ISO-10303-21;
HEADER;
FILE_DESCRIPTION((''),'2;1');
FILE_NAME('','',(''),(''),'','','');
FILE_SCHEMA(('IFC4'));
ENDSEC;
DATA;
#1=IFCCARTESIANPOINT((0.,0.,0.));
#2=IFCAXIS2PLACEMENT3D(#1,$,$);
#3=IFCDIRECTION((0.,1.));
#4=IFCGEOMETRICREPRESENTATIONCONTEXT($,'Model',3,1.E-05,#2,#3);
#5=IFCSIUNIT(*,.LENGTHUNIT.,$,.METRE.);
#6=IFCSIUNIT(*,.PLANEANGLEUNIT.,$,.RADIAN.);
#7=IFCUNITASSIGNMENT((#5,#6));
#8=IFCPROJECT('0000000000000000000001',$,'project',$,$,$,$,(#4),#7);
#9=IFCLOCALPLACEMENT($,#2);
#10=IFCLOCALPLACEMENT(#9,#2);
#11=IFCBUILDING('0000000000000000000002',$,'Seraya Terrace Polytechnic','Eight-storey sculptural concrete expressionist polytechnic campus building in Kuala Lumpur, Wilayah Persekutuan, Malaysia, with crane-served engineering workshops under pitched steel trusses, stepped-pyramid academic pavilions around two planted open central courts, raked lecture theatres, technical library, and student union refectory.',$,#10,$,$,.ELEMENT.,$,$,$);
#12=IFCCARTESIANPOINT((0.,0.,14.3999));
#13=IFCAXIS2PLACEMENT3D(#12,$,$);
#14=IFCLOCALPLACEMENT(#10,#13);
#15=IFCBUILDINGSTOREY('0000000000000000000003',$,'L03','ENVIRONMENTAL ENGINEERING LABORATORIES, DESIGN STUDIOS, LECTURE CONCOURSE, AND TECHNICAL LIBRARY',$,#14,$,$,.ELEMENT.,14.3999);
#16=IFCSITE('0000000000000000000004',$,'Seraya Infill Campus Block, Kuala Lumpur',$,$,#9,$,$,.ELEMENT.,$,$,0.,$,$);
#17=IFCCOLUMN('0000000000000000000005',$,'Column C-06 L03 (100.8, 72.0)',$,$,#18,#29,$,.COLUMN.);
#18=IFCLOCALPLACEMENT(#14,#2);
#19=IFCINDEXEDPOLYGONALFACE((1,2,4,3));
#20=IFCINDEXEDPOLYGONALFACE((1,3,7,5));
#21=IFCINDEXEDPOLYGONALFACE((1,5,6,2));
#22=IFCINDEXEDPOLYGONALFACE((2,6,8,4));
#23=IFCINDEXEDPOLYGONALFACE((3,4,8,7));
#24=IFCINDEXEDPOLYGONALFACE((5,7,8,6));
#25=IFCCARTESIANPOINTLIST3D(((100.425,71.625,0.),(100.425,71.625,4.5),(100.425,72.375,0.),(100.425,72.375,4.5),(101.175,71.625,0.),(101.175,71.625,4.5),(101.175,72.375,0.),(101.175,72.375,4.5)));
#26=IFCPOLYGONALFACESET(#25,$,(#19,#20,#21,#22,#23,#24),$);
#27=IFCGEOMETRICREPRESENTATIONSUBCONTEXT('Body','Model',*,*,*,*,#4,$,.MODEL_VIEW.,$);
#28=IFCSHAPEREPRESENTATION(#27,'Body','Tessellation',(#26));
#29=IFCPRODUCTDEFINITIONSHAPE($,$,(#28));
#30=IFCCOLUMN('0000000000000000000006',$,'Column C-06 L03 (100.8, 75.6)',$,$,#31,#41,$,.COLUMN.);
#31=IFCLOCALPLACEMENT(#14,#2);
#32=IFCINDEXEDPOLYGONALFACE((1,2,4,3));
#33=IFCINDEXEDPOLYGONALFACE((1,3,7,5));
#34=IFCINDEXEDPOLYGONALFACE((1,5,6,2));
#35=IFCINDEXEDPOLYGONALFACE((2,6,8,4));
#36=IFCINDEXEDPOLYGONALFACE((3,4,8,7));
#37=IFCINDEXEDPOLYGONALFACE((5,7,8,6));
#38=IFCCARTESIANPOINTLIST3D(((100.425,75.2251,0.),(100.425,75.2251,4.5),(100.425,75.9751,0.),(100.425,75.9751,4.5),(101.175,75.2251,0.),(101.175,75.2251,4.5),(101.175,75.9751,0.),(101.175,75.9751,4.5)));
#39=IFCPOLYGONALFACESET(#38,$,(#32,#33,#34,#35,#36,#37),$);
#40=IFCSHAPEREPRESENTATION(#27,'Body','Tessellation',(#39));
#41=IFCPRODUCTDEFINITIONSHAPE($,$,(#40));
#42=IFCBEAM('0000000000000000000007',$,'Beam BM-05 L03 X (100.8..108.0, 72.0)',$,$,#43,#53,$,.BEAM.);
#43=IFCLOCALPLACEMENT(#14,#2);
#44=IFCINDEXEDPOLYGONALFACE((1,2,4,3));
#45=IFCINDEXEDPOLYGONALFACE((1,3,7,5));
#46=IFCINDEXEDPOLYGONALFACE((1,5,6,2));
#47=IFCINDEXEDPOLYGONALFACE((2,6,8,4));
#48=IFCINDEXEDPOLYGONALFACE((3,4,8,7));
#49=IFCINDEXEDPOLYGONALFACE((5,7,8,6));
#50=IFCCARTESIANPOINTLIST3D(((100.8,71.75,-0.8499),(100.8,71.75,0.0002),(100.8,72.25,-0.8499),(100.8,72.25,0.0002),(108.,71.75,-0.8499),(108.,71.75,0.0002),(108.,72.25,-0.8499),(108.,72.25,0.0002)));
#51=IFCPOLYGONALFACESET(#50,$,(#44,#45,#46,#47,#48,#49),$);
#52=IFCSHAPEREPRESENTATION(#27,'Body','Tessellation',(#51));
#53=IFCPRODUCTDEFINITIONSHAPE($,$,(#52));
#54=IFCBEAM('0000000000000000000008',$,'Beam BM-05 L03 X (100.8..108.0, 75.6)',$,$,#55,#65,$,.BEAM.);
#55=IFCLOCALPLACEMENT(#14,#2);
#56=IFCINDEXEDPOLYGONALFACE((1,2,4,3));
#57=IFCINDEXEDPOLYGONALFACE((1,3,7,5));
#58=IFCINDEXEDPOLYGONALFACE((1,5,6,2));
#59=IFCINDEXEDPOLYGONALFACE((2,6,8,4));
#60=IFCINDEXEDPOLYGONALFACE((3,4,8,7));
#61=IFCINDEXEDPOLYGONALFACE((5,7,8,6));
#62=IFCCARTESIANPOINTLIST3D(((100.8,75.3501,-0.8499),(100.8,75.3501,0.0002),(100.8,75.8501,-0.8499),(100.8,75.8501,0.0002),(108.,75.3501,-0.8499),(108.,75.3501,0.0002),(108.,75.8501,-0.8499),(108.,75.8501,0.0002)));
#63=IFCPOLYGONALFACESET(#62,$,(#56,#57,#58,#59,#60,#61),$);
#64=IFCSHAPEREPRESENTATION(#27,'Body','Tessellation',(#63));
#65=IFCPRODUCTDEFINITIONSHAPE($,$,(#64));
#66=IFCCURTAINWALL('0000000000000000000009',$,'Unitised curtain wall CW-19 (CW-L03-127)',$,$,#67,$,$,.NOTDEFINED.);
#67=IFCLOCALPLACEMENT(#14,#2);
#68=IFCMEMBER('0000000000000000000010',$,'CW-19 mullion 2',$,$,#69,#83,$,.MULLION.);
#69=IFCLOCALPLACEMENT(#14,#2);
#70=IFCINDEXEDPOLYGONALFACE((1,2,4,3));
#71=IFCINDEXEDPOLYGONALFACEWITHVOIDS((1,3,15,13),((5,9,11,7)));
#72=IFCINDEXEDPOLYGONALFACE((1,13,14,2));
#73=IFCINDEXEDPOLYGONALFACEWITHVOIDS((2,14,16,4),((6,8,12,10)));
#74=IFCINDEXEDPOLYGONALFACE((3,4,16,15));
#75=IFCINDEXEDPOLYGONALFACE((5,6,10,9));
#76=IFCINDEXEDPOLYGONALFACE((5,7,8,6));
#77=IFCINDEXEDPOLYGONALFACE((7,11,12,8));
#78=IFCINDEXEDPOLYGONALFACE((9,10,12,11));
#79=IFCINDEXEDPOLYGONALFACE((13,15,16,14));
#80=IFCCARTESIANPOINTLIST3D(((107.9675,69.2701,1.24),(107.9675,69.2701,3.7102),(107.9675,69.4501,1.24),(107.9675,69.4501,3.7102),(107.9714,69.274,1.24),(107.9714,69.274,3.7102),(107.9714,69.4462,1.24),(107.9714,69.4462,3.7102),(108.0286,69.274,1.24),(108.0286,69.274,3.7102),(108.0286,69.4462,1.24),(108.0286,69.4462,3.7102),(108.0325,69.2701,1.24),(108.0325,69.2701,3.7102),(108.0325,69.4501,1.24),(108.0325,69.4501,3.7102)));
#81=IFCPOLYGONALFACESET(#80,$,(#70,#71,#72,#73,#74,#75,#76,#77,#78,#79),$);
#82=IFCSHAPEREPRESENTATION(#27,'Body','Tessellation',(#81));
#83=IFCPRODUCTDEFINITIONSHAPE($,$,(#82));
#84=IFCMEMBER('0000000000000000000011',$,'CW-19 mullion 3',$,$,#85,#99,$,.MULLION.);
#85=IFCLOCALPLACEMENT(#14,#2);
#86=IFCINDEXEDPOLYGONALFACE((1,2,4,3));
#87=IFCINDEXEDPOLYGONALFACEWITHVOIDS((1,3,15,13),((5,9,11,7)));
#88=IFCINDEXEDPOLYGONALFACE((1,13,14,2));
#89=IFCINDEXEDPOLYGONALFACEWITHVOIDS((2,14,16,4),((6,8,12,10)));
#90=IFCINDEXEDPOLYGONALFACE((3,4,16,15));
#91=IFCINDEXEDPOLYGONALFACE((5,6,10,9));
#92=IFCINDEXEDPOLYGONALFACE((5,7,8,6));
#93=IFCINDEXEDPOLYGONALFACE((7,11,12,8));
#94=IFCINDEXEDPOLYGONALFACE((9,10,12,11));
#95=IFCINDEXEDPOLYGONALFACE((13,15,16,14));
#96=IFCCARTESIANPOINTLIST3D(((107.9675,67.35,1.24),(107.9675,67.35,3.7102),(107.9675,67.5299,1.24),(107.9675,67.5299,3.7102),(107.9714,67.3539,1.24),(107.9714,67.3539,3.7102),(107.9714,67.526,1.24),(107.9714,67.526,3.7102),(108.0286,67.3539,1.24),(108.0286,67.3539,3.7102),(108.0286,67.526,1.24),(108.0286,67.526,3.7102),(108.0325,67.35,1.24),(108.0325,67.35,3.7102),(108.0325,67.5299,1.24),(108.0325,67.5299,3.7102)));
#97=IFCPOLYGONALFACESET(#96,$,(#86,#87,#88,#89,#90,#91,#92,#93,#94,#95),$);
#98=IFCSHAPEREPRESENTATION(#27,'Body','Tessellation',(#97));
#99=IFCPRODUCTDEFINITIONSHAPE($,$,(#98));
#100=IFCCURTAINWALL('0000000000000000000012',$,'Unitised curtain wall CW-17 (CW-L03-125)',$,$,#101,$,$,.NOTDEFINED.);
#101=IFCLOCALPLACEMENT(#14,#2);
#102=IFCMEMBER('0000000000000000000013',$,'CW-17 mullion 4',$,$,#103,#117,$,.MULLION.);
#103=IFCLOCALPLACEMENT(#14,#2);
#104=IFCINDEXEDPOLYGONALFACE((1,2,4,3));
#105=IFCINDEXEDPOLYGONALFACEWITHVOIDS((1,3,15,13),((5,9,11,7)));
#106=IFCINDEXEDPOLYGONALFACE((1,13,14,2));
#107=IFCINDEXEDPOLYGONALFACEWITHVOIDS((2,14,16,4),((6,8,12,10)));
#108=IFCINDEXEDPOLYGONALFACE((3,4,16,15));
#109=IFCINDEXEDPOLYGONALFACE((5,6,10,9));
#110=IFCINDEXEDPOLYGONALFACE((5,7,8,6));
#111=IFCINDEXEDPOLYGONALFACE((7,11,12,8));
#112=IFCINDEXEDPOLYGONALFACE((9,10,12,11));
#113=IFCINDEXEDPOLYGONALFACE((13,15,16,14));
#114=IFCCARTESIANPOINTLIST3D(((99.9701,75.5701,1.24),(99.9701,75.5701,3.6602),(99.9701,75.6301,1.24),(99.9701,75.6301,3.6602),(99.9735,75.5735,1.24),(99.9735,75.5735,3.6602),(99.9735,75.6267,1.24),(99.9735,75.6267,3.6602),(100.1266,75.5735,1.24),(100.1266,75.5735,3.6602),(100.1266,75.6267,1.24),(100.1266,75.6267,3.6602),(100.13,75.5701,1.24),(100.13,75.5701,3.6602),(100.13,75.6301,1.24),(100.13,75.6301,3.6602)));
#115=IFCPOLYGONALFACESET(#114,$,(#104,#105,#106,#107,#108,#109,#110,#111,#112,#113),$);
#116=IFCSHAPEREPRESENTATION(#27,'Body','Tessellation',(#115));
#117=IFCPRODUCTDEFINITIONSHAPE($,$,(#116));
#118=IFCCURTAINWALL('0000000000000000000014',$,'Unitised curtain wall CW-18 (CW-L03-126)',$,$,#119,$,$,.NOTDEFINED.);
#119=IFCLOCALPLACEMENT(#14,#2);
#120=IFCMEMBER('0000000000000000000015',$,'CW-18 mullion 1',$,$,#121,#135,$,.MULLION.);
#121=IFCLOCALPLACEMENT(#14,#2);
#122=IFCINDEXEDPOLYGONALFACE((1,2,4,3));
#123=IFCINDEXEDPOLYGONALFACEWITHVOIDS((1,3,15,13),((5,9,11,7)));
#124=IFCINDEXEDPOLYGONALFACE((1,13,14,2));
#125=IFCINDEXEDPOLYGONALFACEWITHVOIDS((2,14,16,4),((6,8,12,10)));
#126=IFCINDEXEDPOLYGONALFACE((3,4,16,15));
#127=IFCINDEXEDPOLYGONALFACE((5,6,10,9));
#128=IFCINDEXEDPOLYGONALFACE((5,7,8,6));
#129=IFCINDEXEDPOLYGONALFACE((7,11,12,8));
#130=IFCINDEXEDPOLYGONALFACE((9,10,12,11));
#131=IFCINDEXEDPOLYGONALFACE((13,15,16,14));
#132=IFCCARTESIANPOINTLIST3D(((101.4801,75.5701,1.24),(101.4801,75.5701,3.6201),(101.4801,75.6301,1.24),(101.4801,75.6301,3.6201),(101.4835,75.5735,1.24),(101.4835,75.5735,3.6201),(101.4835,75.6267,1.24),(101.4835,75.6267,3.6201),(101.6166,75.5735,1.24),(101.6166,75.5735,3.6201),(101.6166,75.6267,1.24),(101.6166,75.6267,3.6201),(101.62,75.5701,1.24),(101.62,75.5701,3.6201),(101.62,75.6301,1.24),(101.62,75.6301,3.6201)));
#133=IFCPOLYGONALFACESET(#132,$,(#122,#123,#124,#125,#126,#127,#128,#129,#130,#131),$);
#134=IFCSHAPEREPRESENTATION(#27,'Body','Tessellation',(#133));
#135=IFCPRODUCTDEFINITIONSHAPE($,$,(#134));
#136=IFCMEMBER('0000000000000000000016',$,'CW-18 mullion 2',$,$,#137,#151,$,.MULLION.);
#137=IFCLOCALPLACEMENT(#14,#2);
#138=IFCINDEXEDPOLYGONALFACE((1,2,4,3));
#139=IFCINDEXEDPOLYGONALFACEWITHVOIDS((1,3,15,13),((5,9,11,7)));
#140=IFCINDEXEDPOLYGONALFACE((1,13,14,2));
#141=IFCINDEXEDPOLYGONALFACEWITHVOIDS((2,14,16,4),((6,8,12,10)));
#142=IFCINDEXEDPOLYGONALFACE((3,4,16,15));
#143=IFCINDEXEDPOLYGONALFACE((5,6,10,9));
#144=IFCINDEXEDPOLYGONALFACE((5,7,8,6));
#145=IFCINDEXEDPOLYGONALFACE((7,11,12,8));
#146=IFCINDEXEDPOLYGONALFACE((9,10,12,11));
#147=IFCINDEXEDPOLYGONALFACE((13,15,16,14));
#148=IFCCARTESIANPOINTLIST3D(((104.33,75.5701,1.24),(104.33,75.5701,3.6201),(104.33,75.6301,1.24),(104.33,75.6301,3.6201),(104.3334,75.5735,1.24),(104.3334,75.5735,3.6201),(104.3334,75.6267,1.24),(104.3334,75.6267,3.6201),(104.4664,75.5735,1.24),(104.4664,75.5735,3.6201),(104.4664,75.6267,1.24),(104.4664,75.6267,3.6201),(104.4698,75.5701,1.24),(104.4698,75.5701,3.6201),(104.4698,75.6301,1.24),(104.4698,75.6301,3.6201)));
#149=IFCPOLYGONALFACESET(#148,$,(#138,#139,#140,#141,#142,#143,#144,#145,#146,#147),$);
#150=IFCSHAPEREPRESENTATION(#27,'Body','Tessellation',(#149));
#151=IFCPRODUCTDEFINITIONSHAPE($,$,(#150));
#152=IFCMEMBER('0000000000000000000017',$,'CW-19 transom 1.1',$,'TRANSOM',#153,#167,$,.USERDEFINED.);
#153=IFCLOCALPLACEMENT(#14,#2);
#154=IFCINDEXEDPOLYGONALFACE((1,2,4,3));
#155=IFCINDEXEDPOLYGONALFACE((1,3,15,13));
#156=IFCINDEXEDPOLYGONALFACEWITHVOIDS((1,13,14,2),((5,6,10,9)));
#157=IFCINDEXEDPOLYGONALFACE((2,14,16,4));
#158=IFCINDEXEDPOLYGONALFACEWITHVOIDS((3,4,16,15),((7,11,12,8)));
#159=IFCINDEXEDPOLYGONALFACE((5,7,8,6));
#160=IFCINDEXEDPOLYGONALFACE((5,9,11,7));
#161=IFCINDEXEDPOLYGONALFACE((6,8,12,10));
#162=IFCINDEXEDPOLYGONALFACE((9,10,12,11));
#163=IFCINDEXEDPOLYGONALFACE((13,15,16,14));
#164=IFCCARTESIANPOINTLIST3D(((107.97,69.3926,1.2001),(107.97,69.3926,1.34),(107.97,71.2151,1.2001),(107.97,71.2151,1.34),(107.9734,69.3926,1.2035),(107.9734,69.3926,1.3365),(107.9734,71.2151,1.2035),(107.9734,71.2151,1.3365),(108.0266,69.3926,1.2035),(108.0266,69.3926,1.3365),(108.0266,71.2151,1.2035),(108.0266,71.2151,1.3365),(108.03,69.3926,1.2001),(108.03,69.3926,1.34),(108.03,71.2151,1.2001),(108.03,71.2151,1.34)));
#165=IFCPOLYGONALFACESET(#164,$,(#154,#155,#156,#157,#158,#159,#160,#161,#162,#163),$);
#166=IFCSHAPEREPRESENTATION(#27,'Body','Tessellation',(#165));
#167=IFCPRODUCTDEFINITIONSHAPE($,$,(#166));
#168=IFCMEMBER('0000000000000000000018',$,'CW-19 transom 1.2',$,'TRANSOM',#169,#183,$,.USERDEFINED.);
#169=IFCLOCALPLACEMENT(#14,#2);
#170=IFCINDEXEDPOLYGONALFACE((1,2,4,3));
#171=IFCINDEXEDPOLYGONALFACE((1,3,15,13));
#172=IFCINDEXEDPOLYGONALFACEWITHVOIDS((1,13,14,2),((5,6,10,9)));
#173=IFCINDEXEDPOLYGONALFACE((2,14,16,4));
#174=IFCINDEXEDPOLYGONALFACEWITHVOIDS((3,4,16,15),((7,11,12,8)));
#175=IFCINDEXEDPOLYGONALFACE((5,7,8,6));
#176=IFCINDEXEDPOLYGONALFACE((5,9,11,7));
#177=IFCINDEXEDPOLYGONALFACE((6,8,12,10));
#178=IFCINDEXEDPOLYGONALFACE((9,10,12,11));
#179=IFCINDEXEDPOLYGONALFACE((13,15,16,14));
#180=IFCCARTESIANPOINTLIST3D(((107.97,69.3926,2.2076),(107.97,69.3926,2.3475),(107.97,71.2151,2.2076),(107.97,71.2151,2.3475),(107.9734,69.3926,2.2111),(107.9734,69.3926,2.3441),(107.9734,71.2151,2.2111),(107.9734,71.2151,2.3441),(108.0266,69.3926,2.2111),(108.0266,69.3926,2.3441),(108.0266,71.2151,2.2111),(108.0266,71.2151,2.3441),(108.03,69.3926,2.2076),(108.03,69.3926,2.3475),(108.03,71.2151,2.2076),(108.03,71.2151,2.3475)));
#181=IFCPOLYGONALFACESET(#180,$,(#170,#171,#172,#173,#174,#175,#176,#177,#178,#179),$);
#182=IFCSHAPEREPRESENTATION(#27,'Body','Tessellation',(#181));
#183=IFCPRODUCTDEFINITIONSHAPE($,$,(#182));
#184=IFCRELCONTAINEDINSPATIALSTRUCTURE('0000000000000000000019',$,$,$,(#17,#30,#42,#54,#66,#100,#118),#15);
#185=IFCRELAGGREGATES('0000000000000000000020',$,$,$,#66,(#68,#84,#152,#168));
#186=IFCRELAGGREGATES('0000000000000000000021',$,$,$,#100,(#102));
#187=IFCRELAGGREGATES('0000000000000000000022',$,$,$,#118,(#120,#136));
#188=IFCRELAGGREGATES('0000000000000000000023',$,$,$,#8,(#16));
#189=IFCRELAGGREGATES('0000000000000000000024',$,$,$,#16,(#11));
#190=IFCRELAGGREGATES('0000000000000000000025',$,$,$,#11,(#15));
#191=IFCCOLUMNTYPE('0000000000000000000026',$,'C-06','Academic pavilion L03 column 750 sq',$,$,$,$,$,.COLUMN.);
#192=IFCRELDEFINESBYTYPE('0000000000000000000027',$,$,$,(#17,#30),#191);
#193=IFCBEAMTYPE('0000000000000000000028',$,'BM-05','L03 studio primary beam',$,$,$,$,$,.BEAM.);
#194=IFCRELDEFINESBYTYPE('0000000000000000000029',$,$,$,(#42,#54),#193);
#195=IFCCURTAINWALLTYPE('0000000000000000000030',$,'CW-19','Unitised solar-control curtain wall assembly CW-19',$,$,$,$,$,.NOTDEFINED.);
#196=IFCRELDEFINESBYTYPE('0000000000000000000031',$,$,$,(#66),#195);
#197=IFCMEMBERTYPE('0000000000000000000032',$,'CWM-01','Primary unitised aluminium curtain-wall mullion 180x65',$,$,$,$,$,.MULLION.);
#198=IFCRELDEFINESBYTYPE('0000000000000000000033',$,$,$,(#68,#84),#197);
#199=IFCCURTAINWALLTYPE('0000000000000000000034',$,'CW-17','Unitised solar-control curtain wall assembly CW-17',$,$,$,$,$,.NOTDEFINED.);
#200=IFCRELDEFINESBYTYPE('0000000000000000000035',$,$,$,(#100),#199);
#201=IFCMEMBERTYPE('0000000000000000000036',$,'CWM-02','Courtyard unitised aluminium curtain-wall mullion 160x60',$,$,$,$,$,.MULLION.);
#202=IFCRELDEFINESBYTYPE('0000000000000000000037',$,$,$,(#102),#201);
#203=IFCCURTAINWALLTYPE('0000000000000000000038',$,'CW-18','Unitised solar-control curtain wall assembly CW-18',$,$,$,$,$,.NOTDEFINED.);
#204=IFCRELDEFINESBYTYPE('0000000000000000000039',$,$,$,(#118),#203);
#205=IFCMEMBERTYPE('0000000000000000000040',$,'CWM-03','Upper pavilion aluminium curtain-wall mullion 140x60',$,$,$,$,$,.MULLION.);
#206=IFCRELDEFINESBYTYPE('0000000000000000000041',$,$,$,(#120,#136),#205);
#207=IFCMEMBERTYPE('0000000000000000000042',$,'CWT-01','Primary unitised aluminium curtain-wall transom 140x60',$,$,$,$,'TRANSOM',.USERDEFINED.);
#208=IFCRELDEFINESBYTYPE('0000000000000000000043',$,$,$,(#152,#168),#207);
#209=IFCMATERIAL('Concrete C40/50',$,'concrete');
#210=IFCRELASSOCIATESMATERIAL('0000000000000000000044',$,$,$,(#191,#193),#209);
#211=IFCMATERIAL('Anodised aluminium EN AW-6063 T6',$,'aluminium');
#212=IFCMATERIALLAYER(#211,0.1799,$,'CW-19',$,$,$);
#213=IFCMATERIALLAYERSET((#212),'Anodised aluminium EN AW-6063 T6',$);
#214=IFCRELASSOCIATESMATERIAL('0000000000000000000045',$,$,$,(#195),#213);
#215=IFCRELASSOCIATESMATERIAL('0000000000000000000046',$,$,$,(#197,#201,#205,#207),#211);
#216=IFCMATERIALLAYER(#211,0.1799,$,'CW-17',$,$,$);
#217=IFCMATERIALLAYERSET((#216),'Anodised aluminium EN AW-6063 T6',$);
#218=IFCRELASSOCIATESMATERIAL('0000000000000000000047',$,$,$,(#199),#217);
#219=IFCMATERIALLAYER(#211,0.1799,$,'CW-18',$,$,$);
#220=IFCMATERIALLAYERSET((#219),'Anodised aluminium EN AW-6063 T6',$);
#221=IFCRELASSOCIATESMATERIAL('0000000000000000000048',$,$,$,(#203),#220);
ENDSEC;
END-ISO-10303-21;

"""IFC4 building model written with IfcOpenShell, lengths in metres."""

from ifc_helpers import new_model, si_unit, direction, frame, origin, origin_2d, place, context, subcontext, project, spatial, rectangle, hollow_rectangle, extrude, material, layer, layer_set, material_profile, profile_set, type_object, element, aggregate, save


model = new_model("IFC4")

# Units and contexts
model_context = context("Model", 3, precision=1e-05, world=origin(), true_north=direction((0.0, 1.0)))
body_context = subcontext(model_context, "Body", "Model", "MODEL_VIEW")
ifc_project = project(units=[si_unit("LENGTHUNIT", "METRE"), si_unit("PLANEANGLEUNIT", "RADIAN")], contexts=[model_context])

# Site, building, storey
site_placement = place(None, origin())
site = spatial("IfcSite", under=ifc_project, at=site_placement, Name="Seraya Infill Campus Block, Kuala Lumpur", CompositionType="ELEMENT", RefElevation=0.0)
building_placement = place(site_placement, origin())
building = spatial("IfcBuilding", under=site, at=building_placement, Name="Seraya Terrace Polytechnic", Description="Eight-storey sculptural concrete expressionist polytechnic campus building in Kuala Lumpur, Wilayah Persekutuan, Malaysia, with crane-served engineering workshops under pitched steel trusses, stepped-pyramid academic pavilions around two planted open central courts, raked lecture theatres, technical library, and student union refectory.", CompositionType="ELEMENT")
storey_placement = place(building_placement, frame((0.0, 0.0, 14.3999)))
storey = spatial("IfcBuildingStorey", under=building, at=storey_placement, Name="L03", Description="ENVIRONMENTAL ENGINEERING LABORATORIES, DESIGN STUDIOS, LECTURE CONCOURSE, AND TECHNICAL LIBRARY", CompositionType="ELEMENT", Elevation=14.3999)

# Columns
ifc_material_1 = material(Name="Concrete C40/50", Category="concrete")
ifc_material_profile_1 = material_profile(ifc_material_1, rectangle(XDim=0.75, YDim=0.75, at=origin_2d()), Name="RC 750x750")
ifc_profile_set_1 = profile_set([ifc_material_profile_1], Name="Concrete C40/50")
column_type = type_object("IfcColumnType", Name="C-06", Description="Academic pavilion L03 column 750 sq", PredefinedType="COLUMN", material=ifc_profile_set_1)
for number, where, z_axis, x_axis, name in (
    (1, (100.8, 72.0, 0.0), (0.0, 0.0, 1.0), (1.0, 0.0, 0.0), "Column C-06 L03 (100.8, 72.0)"),
    (2, (100.8, 75.6001, 0.0), (0.0, 0.0, 1.0), (1.0, 0.0, 0.0), "Column C-06 L03 (100.8, 75.6)"),
):
    element("IfcColumn", number, at=place(storey_placement, frame(where, z_axis=z_axis, x_axis=x_axis)), inside=storey, type_object=column_type, Name=name, PredefinedType="COLUMN", context=body_context, shape_type="SweptSolid", body=[
        extrude(rectangle(XDim=0.75, YDim=0.75, at=origin_2d()), origin(), (0.0, 0.0, 1.0), 4.5),
    ])

# Beams
ifc_material_profile_2 = material_profile(ifc_material_1, rectangle(XDim=0.5, YDim=0.8501, at=origin_2d()), Name="RC 500x850")
ifc_profile_set_2 = profile_set([ifc_material_profile_2], Name="Concrete C40/50")
beam_type_1 = type_object("IfcBeamType", Name="BM-05", Description="L03 studio primary beam", PredefinedType="BEAM", material=ifc_profile_set_2)
for number, where, z_axis, x_axis, name in (
    (3, (100.8, 72.0, -0.4248), (1.0, 0.0, 0.0), (0.0, 1.0, 0.0), "Beam BM-05 L03 X (100.8..108.0, 72.0)"),
    (4, (100.8, 75.6001, -0.4248), (1.0, 0.0, 0.0), (0.0, 1.0, 0.0), "Beam BM-05 L03 X (100.8..108.0, 75.6)"),
):
    element("IfcBeam", number, at=place(storey_placement, frame(where, z_axis=z_axis, x_axis=x_axis)), inside=storey, type_object=beam_type_1, Name=name, PredefinedType="BEAM", context=body_context, shape_type="SweptSolid", body=[
        extrude(rectangle(XDim=0.5, YDim=0.8501, at=origin_2d()), origin(), (0.0, 0.0, 1.0), 7.2),
    ])

# Curtain wall, members
ifc_material_2 = material(Name="Anodised aluminium EN AW-6063 T6", Category="aluminium")
ifc_layer_1 = layer(ifc_material_2, 0.1799, Name="CW-19")
ifc_layer_set_1 = layer_set([ifc_layer_1], Name="Anodised aluminium EN AW-6063 T6")
curtain_wall_type_1 = type_object("IfcCurtainWallType", Name="CW-19", Description="Unitised solar-control curtain wall assembly CW-19", PredefinedType="NOTDEFINED", material=ifc_layer_set_1)
curtain_wall_1_placement = place(storey_placement, origin())
curtain_wall_1 = element("IfcCurtainWall", 5, at=curtain_wall_1_placement, inside=storey, type_object=curtain_wall_type_1, Name="Unitised curtain wall CW-19 (CW-L03-127)", PredefinedType="NOTDEFINED")
ifc_material_profile_3 = material_profile(ifc_material_2, hollow_rectangle(XDim=0.0649, YDim=0.1799, WallThickness=0.0039, at=origin_2d()), Name="RHS 180x65x4.0")
ifc_profile_set_3 = profile_set([ifc_material_profile_3], Name="Anodised aluminium EN AW-6063 T6")
member_type_1 = type_object("IfcMemberType", Name="CWM-01", Description="Primary unitised aluminium curtain-wall mullion 180x65", PredefinedType="MULLION", material=ifc_profile_set_3)
member_1_placement = place(storey_placement, frame((108.0, 69.3601, 1.24), z_axis=(0.0, 0.0, 1.0), x_axis=(1.0, 0.0, 0.0)))
member_1 = element("IfcMember", 6, at=member_1_placement, type_object=member_type_1, Name="CW-19 mullion 2", PredefinedType="MULLION", context=body_context, shape_type="SweptSolid", body=[
    extrude(hollow_rectangle(XDim=0.0649, YDim=0.1799, WallThickness=0.0039, at=origin_2d()), origin(), (0.0, 0.0, 1.0), 2.4702),
])
member_2_placement = place(storey_placement, frame((108.0, 67.4399, 1.24), z_axis=(0.0, 0.0, 1.0), x_axis=(1.0, 0.0, 0.0)))
member_2 = element("IfcMember", 7, at=member_2_placement, type_object=member_type_1, Name="CW-19 mullion 3", PredefinedType="MULLION", context=body_context, shape_type="SweptSolid", body=[
    extrude(hollow_rectangle(XDim=0.0649, YDim=0.1799, WallThickness=0.0039, at=origin_2d()), origin(), (0.0, 0.0, 1.0), 2.4702),
])

# Curtain wall, member
ifc_layer_2 = layer(ifc_material_2, 0.1799, Name="CW-17")
ifc_layer_set_2 = layer_set([ifc_layer_2], Name="Anodised aluminium EN AW-6063 T6")
curtain_wall_type_2 = type_object("IfcCurtainWallType", Name="CW-17", Description="Unitised solar-control curtain wall assembly CW-17", PredefinedType="NOTDEFINED", material=ifc_layer_set_2)
curtain_wall_2_placement = place(storey_placement, origin())
curtain_wall_2 = element("IfcCurtainWall", 8, at=curtain_wall_2_placement, inside=storey, type_object=curtain_wall_type_2, Name="Unitised curtain wall CW-17 (CW-L03-125)", PredefinedType="NOTDEFINED")
ifc_material_profile_4 = material_profile(ifc_material_2, hollow_rectangle(XDim=0.0601, YDim=0.1599, WallThickness=0.0034, at=origin_2d()), Name="RHS 160x60x3.5")
ifc_profile_set_4 = profile_set([ifc_material_profile_4], Name="Anodised aluminium EN AW-6063 T6")
member_type_2 = type_object("IfcMemberType", Name="CWM-02", Description="Courtyard unitised aluminium curtain-wall mullion 160x60", PredefinedType="MULLION", material=ifc_profile_set_4)
member_3_placement = place(storey_placement, frame((100.05, 75.6001, 1.24), z_axis=(0.0, 0.0, 1.0), x_axis=(0.0, 1.0, 0.0)))
member_3 = element("IfcMember", 9, at=member_3_placement, type_object=member_type_2, Name="CW-17 mullion 4", PredefinedType="MULLION", context=body_context, shape_type="SweptSolid", body=[
    extrude(hollow_rectangle(XDim=0.0601, YDim=0.1599, WallThickness=0.0034, at=origin_2d()), origin(), (0.0, 0.0, 1.0), 2.4202),
])

# Curtain wall, members
ifc_layer_3 = layer(ifc_material_2, 0.1799, Name="CW-18")
ifc_layer_set_3 = layer_set([ifc_layer_3], Name="Anodised aluminium EN AW-6063 T6")
curtain_wall_type_3 = type_object("IfcCurtainWallType", Name="CW-18", Description="Unitised solar-control curtain wall assembly CW-18", PredefinedType="NOTDEFINED", material=ifc_layer_set_3)
curtain_wall_3_placement = place(storey_placement, origin())
curtain_wall_3 = element("IfcCurtainWall", 10, at=curtain_wall_3_placement, inside=storey, type_object=curtain_wall_type_3, Name="Unitised curtain wall CW-18 (CW-L03-126)", PredefinedType="NOTDEFINED")
ifc_material_profile_5 = material_profile(ifc_material_2, hollow_rectangle(XDim=0.0601, YDim=0.1399, WallThickness=0.0034, at=origin_2d()), Name="RHS 140x60x3.5")
ifc_profile_set_5 = profile_set([ifc_material_profile_5], Name="Anodised aluminium EN AW-6063 T6")
member_type_3 = type_object("IfcMemberType", Name="CWM-03", Description="Upper pavilion aluminium curtain-wall mullion 140x60", PredefinedType="MULLION", material=ifc_profile_set_5)
member_4_placement = place(storey_placement, frame((101.55, 75.6001, 1.24), z_axis=(0.0, 0.0, 1.0), x_axis=(0.0, 1.0, 0.0)))
member_4 = element("IfcMember", 11, at=member_4_placement, type_object=member_type_3, Name="CW-18 mullion 1", PredefinedType="MULLION", context=body_context, shape_type="SweptSolid", body=[
    extrude(hollow_rectangle(XDim=0.0601, YDim=0.1399, WallThickness=0.0034, at=origin_2d()), origin(), (0.0, 0.0, 1.0), 2.3801),
])
member_5_placement = place(storey_placement, frame((104.3999, 75.6001, 1.24), z_axis=(0.0, 0.0, 1.0), x_axis=(0.0, 1.0, 0.0)))
member_5 = element("IfcMember", 12, at=member_5_placement, type_object=member_type_3, Name="CW-18 mullion 2", PredefinedType="MULLION", context=body_context, shape_type="SweptSolid", body=[
    extrude(hollow_rectangle(XDim=0.0601, YDim=0.1399, WallThickness=0.0034, at=origin_2d()), origin(), (0.0, 0.0, 1.0), 2.3801),
])

# Members
ifc_material_profile_6 = material_profile(ifc_material_2, hollow_rectangle(XDim=0.0601, YDim=0.1399, WallThickness=0.0034, at=origin_2d()), Name="RHS 140x60x3.5")
ifc_profile_set_6 = profile_set([ifc_material_profile_6], Name="Anodised aluminium EN AW-6063 T6")
member_type_4 = type_object("IfcMemberType", Name="CWT-01", Description="Primary unitised aluminium curtain-wall transom 140x60", ElementType="TRANSOM", PredefinedType="USERDEFINED", material=ifc_profile_set_6)
member_6_placement = place(storey_placement, frame((108.0, 71.2151, 1.27), z_axis=(0.0, -1.0, 0.0), x_axis=(1.0, 0.0, 0.0)))
member_6 = element("IfcMember", 13, at=member_6_placement, type_object=member_type_4, Name="CW-19 transom 1.1", ObjectType="TRANSOM", PredefinedType="USERDEFINED", context=body_context, shape_type="SweptSolid", body=[
    extrude(hollow_rectangle(XDim=0.0601, YDim=0.1399, WallThickness=0.0034, at=origin_2d()), origin(), (0.0, 0.0, 1.0), 1.8225),
])
member_7_placement = place(storey_placement, frame((108.0, 71.2151, 2.2776), z_axis=(0.0, -1.0, 0.0), x_axis=(1.0, 0.0, 0.0)))
member_7 = element("IfcMember", 14, at=member_7_placement, type_object=member_type_4, Name="CW-19 transom 1.2", ObjectType="TRANSOM", PredefinedType="USERDEFINED", context=body_context, shape_type="SweptSolid", body=[
    extrude(hollow_rectangle(XDim=0.0601, YDim=0.1399, WallThickness=0.0034, at=origin_2d()), origin(), (0.0, 0.0, 1.0), 1.8225),
])

aggregate(curtain_wall_1, [member_1, member_2, member_6, member_7])
aggregate(curtain_wall_2, [member_3])
aggregate(curtain_wall_3, [member_4, member_5])

save(model, "model.ifc")
